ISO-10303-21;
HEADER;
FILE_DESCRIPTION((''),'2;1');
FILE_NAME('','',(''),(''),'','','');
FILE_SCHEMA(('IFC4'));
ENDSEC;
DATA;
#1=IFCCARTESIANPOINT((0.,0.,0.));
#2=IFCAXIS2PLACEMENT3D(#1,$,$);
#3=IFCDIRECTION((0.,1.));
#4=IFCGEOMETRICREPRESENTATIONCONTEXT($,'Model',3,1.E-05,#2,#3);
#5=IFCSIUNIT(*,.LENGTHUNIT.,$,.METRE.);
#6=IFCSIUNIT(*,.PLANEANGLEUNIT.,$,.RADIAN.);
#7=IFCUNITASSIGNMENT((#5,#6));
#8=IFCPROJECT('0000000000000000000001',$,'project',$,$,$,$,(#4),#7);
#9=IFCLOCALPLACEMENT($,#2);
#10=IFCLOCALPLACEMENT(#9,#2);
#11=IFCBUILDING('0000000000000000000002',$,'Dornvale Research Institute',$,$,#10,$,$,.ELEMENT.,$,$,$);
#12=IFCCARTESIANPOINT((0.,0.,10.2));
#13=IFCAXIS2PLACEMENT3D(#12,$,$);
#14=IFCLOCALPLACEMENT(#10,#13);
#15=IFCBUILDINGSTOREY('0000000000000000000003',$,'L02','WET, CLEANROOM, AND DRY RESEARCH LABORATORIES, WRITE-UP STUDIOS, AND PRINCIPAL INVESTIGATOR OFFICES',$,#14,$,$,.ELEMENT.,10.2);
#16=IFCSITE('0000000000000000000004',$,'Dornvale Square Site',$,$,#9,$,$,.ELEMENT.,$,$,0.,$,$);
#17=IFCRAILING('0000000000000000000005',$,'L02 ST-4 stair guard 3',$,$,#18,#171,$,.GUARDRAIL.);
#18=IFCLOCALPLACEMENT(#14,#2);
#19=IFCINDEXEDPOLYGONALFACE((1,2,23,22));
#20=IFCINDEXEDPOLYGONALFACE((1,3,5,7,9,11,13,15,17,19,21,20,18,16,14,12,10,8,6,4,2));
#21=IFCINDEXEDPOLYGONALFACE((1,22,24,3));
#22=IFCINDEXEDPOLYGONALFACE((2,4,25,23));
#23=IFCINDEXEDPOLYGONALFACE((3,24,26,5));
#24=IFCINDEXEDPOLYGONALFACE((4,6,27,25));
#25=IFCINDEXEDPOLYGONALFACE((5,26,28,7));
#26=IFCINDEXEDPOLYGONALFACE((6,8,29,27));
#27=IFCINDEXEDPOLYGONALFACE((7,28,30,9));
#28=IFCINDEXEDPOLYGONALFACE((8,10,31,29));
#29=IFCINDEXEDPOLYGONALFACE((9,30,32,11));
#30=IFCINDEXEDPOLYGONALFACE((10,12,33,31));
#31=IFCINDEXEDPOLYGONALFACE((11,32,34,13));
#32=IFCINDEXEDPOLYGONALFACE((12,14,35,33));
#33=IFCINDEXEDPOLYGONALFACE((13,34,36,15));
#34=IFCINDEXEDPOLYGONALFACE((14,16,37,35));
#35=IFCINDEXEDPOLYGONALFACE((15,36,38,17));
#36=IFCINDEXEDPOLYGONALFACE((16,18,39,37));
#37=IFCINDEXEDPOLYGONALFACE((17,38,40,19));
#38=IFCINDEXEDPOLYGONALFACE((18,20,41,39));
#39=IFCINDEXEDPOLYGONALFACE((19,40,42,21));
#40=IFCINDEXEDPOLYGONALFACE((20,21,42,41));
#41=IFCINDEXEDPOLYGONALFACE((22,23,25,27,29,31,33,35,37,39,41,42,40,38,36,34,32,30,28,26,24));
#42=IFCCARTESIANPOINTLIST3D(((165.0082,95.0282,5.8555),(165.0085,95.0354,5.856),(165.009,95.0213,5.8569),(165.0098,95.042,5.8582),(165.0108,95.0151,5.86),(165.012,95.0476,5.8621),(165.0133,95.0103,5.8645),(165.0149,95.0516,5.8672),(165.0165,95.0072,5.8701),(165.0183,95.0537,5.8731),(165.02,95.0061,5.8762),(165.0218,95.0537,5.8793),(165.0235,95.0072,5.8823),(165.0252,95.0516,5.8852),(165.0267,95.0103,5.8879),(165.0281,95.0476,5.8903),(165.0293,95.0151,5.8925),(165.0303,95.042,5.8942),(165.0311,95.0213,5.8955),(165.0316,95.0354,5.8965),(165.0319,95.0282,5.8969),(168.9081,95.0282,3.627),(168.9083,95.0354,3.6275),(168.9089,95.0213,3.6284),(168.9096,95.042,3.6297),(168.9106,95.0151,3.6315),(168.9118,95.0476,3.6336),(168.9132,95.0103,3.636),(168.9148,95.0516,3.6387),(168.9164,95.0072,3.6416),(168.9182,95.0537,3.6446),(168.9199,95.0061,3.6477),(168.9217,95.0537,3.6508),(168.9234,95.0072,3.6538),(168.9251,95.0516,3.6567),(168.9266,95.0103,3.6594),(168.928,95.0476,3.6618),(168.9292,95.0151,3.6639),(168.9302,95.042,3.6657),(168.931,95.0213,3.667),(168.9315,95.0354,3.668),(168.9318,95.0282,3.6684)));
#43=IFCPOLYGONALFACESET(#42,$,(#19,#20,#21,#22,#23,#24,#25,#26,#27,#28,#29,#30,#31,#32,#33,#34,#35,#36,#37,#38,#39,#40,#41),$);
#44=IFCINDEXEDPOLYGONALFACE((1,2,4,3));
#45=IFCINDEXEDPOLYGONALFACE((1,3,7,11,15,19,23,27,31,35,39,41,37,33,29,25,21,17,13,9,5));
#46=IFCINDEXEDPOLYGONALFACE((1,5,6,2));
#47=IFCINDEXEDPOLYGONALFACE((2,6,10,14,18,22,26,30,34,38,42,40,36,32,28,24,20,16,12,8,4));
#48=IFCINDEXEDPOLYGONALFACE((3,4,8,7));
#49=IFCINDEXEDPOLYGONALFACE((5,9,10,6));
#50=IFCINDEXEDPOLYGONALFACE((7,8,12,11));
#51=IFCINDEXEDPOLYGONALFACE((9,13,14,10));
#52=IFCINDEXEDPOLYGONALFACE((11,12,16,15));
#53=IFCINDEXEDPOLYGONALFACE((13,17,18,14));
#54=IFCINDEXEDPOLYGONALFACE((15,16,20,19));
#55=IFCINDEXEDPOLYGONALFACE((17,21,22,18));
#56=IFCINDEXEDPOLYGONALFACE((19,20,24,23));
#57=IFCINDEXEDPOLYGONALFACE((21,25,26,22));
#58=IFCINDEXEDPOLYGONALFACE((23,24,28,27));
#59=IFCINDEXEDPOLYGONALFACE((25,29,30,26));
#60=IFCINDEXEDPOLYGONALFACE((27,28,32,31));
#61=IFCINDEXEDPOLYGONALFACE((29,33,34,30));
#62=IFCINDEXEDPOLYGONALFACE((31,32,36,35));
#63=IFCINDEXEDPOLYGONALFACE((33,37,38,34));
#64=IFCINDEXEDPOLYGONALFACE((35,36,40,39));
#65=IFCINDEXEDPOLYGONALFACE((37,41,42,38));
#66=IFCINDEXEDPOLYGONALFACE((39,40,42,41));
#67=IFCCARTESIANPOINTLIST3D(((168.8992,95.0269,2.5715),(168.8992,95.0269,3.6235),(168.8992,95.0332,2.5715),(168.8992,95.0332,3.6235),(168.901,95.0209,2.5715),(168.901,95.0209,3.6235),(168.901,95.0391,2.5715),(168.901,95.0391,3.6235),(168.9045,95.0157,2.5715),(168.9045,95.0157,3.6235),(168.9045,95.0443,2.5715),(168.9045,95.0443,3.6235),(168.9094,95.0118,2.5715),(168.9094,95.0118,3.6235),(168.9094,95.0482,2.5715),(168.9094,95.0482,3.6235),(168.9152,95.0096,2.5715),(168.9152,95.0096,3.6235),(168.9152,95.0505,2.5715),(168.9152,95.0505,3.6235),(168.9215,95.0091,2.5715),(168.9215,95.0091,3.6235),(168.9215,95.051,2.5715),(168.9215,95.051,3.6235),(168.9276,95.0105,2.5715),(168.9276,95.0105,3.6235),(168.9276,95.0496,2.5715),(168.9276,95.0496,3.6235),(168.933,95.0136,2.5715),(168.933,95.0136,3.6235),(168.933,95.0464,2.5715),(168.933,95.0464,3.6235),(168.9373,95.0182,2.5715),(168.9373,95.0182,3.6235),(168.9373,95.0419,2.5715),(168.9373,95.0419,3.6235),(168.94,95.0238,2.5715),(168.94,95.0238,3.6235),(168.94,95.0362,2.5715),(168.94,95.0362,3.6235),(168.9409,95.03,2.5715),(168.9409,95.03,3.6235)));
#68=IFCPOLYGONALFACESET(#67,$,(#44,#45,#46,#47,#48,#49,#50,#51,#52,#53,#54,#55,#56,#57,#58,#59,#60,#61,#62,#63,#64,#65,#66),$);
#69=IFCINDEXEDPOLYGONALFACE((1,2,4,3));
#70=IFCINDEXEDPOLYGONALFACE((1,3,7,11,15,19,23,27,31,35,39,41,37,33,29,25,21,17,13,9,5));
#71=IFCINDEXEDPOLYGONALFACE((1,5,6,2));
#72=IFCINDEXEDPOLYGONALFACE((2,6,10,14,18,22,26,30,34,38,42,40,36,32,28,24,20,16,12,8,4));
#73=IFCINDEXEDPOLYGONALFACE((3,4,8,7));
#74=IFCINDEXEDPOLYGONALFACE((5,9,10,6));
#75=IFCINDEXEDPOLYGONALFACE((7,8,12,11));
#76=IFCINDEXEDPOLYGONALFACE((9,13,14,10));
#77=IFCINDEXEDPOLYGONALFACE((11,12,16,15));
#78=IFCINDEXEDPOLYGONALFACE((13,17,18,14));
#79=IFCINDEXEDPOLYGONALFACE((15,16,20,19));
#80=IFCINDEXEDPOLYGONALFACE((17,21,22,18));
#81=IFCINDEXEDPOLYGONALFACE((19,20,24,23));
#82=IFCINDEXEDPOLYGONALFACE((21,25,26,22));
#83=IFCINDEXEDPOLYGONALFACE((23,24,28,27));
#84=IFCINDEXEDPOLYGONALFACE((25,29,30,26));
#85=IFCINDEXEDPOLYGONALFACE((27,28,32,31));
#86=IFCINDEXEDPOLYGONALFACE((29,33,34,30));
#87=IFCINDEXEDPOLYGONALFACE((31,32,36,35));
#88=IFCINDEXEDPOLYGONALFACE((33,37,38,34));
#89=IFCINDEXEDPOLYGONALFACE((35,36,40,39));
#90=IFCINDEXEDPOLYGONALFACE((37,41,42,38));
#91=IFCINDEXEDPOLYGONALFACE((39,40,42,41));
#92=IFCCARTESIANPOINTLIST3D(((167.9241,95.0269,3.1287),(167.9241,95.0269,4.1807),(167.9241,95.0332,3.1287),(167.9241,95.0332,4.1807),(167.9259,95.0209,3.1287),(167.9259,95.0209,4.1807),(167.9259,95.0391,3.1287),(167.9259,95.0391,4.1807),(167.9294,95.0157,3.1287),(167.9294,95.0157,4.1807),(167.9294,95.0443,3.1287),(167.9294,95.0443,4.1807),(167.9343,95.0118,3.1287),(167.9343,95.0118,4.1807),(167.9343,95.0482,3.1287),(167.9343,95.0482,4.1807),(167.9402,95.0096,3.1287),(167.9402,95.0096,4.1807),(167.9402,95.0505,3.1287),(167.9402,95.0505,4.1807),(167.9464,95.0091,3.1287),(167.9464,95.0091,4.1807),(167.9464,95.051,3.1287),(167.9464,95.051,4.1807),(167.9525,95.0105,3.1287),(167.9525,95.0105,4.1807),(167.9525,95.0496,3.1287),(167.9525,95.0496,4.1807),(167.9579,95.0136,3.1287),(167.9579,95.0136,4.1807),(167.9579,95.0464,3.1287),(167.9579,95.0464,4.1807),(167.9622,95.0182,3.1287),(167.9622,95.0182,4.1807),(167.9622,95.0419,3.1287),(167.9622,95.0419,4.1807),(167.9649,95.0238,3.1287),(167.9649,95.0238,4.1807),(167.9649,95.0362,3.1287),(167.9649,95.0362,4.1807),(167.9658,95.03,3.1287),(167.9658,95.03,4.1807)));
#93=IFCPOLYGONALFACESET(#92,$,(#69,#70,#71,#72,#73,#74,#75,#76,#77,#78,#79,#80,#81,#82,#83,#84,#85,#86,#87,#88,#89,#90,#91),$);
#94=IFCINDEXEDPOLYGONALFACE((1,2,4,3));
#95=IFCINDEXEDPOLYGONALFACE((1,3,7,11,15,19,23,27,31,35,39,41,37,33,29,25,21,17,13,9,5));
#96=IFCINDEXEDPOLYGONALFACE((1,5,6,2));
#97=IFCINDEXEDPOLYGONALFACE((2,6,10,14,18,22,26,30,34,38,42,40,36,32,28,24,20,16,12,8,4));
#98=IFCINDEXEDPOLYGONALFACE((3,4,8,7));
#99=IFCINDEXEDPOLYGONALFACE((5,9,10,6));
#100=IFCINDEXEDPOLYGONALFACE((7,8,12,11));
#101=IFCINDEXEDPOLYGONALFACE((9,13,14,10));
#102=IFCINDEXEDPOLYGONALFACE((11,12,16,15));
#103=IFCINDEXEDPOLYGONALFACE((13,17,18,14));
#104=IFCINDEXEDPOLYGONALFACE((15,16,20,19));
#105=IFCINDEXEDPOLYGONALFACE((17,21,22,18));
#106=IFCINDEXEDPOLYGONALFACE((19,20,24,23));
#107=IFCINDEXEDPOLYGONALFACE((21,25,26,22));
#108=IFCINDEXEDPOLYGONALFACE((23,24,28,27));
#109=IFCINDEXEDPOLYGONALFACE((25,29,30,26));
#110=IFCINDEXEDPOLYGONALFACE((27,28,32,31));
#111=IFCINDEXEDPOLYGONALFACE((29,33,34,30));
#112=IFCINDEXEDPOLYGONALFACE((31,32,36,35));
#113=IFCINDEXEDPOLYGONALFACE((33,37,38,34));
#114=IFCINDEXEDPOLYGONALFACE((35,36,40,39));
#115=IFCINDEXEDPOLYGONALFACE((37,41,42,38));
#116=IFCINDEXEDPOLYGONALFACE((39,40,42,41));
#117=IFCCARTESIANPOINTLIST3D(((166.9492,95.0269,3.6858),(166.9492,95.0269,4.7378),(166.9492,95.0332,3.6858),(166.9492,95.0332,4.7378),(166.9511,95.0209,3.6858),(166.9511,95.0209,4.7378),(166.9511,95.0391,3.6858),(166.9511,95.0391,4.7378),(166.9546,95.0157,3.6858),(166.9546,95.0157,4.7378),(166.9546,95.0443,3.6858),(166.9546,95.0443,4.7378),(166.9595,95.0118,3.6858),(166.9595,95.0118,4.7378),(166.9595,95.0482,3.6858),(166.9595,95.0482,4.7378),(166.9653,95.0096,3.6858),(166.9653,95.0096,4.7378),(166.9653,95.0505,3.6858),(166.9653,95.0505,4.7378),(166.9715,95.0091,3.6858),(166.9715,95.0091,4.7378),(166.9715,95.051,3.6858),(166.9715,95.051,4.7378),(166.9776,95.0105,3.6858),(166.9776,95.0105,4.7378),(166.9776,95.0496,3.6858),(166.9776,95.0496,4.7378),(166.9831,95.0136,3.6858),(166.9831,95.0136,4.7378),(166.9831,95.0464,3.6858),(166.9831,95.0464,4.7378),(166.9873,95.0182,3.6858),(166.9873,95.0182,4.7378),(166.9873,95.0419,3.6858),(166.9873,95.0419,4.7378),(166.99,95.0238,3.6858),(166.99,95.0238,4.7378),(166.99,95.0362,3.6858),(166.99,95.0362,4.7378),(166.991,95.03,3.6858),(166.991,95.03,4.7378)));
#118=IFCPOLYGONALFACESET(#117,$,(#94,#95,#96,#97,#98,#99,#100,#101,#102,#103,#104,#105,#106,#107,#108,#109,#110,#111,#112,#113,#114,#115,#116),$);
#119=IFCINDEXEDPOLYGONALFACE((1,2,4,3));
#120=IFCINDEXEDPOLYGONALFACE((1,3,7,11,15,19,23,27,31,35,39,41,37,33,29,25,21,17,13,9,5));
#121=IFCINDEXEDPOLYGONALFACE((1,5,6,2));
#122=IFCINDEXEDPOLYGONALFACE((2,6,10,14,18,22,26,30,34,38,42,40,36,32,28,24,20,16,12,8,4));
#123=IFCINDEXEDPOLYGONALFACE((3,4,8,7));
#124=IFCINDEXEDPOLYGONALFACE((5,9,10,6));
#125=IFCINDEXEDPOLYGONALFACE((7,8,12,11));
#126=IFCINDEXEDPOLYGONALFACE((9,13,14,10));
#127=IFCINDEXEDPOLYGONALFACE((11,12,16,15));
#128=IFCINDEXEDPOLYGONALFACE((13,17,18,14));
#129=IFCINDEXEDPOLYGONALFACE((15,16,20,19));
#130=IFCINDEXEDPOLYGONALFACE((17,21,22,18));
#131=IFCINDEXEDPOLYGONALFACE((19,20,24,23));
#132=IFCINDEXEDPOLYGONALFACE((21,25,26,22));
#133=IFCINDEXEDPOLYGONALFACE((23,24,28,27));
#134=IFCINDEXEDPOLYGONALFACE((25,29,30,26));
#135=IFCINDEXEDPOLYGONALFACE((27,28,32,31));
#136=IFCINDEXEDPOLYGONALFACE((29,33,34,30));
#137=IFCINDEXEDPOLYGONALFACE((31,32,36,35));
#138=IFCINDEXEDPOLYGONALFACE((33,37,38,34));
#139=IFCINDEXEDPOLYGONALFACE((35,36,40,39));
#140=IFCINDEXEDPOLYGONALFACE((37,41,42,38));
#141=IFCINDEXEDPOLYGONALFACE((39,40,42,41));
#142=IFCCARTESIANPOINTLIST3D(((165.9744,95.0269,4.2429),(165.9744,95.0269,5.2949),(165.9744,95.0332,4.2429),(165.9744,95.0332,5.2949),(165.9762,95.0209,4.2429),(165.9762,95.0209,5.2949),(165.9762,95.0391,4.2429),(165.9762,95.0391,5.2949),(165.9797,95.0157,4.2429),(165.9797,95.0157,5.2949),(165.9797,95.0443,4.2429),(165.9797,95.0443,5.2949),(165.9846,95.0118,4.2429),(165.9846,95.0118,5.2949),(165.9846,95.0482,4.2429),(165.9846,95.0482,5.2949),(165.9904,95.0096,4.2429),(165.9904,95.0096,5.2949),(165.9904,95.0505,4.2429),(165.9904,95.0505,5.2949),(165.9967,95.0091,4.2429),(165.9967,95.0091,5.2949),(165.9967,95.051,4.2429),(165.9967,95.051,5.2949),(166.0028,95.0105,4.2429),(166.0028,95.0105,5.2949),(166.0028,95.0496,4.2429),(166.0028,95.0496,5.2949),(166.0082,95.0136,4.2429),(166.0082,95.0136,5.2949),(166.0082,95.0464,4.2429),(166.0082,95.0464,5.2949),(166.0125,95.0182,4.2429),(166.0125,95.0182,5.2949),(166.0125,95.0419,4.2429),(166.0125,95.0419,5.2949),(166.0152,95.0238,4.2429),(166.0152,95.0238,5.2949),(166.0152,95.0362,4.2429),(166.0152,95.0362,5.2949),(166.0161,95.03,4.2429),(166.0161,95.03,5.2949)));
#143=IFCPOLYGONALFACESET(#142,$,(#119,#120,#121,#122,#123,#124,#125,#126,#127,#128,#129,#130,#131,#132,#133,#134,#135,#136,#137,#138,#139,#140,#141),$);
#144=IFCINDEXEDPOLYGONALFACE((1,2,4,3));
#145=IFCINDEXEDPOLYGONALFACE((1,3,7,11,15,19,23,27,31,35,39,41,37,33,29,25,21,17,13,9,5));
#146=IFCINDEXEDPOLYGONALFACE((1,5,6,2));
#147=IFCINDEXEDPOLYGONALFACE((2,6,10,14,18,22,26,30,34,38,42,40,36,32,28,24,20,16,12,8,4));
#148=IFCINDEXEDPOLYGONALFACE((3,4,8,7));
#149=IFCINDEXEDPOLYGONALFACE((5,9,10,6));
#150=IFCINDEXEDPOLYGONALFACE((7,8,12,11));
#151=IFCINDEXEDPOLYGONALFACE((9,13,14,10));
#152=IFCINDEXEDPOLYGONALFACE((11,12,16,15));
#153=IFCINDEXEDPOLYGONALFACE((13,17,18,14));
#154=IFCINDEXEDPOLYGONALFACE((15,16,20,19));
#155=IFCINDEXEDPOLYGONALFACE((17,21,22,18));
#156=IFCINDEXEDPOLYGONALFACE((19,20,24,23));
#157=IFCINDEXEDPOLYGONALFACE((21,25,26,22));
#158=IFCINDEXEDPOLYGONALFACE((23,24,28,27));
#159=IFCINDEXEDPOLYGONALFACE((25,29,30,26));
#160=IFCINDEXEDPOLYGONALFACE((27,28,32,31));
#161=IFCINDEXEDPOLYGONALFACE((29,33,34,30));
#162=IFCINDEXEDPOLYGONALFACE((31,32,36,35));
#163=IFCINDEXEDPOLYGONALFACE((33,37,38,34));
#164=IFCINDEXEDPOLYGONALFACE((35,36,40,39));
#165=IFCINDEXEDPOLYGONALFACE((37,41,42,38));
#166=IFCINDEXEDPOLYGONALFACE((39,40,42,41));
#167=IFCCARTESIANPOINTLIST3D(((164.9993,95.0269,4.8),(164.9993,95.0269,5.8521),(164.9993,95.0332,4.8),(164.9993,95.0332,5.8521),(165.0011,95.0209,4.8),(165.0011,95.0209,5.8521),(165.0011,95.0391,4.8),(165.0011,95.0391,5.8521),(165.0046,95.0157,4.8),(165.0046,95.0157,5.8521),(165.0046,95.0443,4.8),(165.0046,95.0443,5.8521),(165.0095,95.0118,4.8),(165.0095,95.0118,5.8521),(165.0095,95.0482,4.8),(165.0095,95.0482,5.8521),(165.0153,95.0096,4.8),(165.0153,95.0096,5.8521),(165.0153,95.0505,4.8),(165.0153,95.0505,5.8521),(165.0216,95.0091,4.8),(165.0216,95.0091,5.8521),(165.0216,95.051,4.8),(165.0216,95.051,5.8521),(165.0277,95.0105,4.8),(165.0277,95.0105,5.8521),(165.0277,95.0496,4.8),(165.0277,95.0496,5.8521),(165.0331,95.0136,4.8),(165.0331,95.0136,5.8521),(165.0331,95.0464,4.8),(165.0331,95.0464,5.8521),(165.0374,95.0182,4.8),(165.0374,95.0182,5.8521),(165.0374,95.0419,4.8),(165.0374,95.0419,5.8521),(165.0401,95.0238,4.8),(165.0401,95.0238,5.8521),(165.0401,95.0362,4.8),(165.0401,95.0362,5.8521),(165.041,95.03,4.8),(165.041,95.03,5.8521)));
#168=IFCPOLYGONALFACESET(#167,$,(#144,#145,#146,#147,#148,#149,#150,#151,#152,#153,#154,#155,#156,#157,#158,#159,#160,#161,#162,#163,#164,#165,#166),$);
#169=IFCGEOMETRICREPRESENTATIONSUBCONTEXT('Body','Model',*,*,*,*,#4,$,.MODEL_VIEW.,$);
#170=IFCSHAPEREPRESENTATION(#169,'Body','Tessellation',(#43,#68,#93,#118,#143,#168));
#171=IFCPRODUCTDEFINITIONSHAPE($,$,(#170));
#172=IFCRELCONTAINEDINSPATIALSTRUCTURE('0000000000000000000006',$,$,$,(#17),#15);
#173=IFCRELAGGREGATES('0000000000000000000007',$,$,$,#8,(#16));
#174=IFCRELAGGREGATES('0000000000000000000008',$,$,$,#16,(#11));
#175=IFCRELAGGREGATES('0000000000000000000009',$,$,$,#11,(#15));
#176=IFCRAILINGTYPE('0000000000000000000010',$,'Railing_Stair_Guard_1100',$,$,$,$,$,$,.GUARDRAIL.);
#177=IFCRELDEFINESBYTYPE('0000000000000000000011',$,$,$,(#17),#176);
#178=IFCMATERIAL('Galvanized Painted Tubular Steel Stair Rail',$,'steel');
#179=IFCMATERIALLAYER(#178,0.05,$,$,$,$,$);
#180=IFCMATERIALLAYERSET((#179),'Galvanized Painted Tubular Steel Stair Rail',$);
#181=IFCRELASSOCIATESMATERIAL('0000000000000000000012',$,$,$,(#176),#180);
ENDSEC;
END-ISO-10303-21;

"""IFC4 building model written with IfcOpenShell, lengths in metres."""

from ifc_helpers import new_model, si_unit, direction, frame, origin, origin_2d, place, context, subcontext, project, spatial, circle, extrude, material, layer, layer_set, type_object, element, save


model = new_model("IFC4")

# Units and contexts
model_context = context("Model", 3, precision=1e-05, world=origin(), true_north=direction((0.0, 1.0)))
body_context = subcontext(model_context, "Body", "Model", "MODEL_VIEW")
ifc_project = project(units=[si_unit("LENGTHUNIT", "METRE"), si_unit("PLANEANGLEUNIT", "RADIAN")], contexts=[model_context])

# Site, building, storey
site_placement = place(None, origin())
site = spatial("IfcSite", under=ifc_project, at=site_placement, Name="Dornvale Square Site", CompositionType="ELEMENT", RefElevation=0.0)
building_placement = place(site_placement, origin())
building = spatial("IfcBuilding", under=site, at=building_placement, Name="Dornvale Research Institute", CompositionType="ELEMENT")
storey_placement = place(building_placement, frame((0.0, 0.0, 10.2)))
storey = spatial("IfcBuildingStorey", under=building, at=storey_placement, Name="L02", Description="WET, CLEANROOM, AND DRY RESEARCH LABORATORIES, WRITE-UP STUDIOS, AND PRINCIPAL INVESTIGATOR OFFICES", CompositionType="ELEMENT", Elevation=10.2)

# Railing
ifc_material_1 = material(Name="Galvanized Painted Tubular Steel Stair Rail", Category="steel")
ifc_layer_1 = layer(ifc_material_1, 0.05)
ifc_layer_set_1 = layer_set([ifc_layer_1], Name="Galvanized Painted Tubular Steel Stair Rail")
railing_type_1 = type_object("IfcRailingType", Name="Railing_Stair_Guard_1100", PredefinedType="GUARDRAIL", material=ifc_layer_set_1)
railing_1_placement = place(storey_placement, frame((168.9199, 95.03, 2.5715)))
element("IfcRailing", 1, at=railing_1_placement, inside=storey, type_object=railing_type_1, Name="L02 ST-4 stair guard 3", PredefinedType="GUARDRAIL", context=body_context, shape_type="SweptSolid", body=[
    extrude(circle(Radius=0.0239, at=origin_2d()), frame((0.0, 0.0, 1.0762), z_axis=(-0.868243, 0.0, 0.496139), x_axis=(0.0, -1.0, 0.0)), (0.0, 0.0, 1.0), 4.4917),
    extrude(circle(Radius=0.021, at=origin_2d()), origin(), (0.0, 0.0, 1.0), 1.052),
    extrude(circle(Radius=0.021, at=origin_2d()), frame((-0.9751, 0.0, 0.5571)), (0.0, 0.0, 1.0), 1.052),
    extrude(circle(Radius=0.021, at=origin_2d()), frame((-1.95, 0.0, 1.1143)), (0.0, 0.0, 1.0), 1.052),
    extrude(circle(Radius=0.021, at=origin_2d()), frame((-2.9248, 0.0, 1.6714)), (0.0, 0.0, 1.0), 1.052),
    extrude(circle(Radius=0.021, at=origin_2d()), frame((-3.8999, 0.0, 2.2285)), (0.0, 0.0, 1.0), 1.052),
])

save(model, "model.ifc")
